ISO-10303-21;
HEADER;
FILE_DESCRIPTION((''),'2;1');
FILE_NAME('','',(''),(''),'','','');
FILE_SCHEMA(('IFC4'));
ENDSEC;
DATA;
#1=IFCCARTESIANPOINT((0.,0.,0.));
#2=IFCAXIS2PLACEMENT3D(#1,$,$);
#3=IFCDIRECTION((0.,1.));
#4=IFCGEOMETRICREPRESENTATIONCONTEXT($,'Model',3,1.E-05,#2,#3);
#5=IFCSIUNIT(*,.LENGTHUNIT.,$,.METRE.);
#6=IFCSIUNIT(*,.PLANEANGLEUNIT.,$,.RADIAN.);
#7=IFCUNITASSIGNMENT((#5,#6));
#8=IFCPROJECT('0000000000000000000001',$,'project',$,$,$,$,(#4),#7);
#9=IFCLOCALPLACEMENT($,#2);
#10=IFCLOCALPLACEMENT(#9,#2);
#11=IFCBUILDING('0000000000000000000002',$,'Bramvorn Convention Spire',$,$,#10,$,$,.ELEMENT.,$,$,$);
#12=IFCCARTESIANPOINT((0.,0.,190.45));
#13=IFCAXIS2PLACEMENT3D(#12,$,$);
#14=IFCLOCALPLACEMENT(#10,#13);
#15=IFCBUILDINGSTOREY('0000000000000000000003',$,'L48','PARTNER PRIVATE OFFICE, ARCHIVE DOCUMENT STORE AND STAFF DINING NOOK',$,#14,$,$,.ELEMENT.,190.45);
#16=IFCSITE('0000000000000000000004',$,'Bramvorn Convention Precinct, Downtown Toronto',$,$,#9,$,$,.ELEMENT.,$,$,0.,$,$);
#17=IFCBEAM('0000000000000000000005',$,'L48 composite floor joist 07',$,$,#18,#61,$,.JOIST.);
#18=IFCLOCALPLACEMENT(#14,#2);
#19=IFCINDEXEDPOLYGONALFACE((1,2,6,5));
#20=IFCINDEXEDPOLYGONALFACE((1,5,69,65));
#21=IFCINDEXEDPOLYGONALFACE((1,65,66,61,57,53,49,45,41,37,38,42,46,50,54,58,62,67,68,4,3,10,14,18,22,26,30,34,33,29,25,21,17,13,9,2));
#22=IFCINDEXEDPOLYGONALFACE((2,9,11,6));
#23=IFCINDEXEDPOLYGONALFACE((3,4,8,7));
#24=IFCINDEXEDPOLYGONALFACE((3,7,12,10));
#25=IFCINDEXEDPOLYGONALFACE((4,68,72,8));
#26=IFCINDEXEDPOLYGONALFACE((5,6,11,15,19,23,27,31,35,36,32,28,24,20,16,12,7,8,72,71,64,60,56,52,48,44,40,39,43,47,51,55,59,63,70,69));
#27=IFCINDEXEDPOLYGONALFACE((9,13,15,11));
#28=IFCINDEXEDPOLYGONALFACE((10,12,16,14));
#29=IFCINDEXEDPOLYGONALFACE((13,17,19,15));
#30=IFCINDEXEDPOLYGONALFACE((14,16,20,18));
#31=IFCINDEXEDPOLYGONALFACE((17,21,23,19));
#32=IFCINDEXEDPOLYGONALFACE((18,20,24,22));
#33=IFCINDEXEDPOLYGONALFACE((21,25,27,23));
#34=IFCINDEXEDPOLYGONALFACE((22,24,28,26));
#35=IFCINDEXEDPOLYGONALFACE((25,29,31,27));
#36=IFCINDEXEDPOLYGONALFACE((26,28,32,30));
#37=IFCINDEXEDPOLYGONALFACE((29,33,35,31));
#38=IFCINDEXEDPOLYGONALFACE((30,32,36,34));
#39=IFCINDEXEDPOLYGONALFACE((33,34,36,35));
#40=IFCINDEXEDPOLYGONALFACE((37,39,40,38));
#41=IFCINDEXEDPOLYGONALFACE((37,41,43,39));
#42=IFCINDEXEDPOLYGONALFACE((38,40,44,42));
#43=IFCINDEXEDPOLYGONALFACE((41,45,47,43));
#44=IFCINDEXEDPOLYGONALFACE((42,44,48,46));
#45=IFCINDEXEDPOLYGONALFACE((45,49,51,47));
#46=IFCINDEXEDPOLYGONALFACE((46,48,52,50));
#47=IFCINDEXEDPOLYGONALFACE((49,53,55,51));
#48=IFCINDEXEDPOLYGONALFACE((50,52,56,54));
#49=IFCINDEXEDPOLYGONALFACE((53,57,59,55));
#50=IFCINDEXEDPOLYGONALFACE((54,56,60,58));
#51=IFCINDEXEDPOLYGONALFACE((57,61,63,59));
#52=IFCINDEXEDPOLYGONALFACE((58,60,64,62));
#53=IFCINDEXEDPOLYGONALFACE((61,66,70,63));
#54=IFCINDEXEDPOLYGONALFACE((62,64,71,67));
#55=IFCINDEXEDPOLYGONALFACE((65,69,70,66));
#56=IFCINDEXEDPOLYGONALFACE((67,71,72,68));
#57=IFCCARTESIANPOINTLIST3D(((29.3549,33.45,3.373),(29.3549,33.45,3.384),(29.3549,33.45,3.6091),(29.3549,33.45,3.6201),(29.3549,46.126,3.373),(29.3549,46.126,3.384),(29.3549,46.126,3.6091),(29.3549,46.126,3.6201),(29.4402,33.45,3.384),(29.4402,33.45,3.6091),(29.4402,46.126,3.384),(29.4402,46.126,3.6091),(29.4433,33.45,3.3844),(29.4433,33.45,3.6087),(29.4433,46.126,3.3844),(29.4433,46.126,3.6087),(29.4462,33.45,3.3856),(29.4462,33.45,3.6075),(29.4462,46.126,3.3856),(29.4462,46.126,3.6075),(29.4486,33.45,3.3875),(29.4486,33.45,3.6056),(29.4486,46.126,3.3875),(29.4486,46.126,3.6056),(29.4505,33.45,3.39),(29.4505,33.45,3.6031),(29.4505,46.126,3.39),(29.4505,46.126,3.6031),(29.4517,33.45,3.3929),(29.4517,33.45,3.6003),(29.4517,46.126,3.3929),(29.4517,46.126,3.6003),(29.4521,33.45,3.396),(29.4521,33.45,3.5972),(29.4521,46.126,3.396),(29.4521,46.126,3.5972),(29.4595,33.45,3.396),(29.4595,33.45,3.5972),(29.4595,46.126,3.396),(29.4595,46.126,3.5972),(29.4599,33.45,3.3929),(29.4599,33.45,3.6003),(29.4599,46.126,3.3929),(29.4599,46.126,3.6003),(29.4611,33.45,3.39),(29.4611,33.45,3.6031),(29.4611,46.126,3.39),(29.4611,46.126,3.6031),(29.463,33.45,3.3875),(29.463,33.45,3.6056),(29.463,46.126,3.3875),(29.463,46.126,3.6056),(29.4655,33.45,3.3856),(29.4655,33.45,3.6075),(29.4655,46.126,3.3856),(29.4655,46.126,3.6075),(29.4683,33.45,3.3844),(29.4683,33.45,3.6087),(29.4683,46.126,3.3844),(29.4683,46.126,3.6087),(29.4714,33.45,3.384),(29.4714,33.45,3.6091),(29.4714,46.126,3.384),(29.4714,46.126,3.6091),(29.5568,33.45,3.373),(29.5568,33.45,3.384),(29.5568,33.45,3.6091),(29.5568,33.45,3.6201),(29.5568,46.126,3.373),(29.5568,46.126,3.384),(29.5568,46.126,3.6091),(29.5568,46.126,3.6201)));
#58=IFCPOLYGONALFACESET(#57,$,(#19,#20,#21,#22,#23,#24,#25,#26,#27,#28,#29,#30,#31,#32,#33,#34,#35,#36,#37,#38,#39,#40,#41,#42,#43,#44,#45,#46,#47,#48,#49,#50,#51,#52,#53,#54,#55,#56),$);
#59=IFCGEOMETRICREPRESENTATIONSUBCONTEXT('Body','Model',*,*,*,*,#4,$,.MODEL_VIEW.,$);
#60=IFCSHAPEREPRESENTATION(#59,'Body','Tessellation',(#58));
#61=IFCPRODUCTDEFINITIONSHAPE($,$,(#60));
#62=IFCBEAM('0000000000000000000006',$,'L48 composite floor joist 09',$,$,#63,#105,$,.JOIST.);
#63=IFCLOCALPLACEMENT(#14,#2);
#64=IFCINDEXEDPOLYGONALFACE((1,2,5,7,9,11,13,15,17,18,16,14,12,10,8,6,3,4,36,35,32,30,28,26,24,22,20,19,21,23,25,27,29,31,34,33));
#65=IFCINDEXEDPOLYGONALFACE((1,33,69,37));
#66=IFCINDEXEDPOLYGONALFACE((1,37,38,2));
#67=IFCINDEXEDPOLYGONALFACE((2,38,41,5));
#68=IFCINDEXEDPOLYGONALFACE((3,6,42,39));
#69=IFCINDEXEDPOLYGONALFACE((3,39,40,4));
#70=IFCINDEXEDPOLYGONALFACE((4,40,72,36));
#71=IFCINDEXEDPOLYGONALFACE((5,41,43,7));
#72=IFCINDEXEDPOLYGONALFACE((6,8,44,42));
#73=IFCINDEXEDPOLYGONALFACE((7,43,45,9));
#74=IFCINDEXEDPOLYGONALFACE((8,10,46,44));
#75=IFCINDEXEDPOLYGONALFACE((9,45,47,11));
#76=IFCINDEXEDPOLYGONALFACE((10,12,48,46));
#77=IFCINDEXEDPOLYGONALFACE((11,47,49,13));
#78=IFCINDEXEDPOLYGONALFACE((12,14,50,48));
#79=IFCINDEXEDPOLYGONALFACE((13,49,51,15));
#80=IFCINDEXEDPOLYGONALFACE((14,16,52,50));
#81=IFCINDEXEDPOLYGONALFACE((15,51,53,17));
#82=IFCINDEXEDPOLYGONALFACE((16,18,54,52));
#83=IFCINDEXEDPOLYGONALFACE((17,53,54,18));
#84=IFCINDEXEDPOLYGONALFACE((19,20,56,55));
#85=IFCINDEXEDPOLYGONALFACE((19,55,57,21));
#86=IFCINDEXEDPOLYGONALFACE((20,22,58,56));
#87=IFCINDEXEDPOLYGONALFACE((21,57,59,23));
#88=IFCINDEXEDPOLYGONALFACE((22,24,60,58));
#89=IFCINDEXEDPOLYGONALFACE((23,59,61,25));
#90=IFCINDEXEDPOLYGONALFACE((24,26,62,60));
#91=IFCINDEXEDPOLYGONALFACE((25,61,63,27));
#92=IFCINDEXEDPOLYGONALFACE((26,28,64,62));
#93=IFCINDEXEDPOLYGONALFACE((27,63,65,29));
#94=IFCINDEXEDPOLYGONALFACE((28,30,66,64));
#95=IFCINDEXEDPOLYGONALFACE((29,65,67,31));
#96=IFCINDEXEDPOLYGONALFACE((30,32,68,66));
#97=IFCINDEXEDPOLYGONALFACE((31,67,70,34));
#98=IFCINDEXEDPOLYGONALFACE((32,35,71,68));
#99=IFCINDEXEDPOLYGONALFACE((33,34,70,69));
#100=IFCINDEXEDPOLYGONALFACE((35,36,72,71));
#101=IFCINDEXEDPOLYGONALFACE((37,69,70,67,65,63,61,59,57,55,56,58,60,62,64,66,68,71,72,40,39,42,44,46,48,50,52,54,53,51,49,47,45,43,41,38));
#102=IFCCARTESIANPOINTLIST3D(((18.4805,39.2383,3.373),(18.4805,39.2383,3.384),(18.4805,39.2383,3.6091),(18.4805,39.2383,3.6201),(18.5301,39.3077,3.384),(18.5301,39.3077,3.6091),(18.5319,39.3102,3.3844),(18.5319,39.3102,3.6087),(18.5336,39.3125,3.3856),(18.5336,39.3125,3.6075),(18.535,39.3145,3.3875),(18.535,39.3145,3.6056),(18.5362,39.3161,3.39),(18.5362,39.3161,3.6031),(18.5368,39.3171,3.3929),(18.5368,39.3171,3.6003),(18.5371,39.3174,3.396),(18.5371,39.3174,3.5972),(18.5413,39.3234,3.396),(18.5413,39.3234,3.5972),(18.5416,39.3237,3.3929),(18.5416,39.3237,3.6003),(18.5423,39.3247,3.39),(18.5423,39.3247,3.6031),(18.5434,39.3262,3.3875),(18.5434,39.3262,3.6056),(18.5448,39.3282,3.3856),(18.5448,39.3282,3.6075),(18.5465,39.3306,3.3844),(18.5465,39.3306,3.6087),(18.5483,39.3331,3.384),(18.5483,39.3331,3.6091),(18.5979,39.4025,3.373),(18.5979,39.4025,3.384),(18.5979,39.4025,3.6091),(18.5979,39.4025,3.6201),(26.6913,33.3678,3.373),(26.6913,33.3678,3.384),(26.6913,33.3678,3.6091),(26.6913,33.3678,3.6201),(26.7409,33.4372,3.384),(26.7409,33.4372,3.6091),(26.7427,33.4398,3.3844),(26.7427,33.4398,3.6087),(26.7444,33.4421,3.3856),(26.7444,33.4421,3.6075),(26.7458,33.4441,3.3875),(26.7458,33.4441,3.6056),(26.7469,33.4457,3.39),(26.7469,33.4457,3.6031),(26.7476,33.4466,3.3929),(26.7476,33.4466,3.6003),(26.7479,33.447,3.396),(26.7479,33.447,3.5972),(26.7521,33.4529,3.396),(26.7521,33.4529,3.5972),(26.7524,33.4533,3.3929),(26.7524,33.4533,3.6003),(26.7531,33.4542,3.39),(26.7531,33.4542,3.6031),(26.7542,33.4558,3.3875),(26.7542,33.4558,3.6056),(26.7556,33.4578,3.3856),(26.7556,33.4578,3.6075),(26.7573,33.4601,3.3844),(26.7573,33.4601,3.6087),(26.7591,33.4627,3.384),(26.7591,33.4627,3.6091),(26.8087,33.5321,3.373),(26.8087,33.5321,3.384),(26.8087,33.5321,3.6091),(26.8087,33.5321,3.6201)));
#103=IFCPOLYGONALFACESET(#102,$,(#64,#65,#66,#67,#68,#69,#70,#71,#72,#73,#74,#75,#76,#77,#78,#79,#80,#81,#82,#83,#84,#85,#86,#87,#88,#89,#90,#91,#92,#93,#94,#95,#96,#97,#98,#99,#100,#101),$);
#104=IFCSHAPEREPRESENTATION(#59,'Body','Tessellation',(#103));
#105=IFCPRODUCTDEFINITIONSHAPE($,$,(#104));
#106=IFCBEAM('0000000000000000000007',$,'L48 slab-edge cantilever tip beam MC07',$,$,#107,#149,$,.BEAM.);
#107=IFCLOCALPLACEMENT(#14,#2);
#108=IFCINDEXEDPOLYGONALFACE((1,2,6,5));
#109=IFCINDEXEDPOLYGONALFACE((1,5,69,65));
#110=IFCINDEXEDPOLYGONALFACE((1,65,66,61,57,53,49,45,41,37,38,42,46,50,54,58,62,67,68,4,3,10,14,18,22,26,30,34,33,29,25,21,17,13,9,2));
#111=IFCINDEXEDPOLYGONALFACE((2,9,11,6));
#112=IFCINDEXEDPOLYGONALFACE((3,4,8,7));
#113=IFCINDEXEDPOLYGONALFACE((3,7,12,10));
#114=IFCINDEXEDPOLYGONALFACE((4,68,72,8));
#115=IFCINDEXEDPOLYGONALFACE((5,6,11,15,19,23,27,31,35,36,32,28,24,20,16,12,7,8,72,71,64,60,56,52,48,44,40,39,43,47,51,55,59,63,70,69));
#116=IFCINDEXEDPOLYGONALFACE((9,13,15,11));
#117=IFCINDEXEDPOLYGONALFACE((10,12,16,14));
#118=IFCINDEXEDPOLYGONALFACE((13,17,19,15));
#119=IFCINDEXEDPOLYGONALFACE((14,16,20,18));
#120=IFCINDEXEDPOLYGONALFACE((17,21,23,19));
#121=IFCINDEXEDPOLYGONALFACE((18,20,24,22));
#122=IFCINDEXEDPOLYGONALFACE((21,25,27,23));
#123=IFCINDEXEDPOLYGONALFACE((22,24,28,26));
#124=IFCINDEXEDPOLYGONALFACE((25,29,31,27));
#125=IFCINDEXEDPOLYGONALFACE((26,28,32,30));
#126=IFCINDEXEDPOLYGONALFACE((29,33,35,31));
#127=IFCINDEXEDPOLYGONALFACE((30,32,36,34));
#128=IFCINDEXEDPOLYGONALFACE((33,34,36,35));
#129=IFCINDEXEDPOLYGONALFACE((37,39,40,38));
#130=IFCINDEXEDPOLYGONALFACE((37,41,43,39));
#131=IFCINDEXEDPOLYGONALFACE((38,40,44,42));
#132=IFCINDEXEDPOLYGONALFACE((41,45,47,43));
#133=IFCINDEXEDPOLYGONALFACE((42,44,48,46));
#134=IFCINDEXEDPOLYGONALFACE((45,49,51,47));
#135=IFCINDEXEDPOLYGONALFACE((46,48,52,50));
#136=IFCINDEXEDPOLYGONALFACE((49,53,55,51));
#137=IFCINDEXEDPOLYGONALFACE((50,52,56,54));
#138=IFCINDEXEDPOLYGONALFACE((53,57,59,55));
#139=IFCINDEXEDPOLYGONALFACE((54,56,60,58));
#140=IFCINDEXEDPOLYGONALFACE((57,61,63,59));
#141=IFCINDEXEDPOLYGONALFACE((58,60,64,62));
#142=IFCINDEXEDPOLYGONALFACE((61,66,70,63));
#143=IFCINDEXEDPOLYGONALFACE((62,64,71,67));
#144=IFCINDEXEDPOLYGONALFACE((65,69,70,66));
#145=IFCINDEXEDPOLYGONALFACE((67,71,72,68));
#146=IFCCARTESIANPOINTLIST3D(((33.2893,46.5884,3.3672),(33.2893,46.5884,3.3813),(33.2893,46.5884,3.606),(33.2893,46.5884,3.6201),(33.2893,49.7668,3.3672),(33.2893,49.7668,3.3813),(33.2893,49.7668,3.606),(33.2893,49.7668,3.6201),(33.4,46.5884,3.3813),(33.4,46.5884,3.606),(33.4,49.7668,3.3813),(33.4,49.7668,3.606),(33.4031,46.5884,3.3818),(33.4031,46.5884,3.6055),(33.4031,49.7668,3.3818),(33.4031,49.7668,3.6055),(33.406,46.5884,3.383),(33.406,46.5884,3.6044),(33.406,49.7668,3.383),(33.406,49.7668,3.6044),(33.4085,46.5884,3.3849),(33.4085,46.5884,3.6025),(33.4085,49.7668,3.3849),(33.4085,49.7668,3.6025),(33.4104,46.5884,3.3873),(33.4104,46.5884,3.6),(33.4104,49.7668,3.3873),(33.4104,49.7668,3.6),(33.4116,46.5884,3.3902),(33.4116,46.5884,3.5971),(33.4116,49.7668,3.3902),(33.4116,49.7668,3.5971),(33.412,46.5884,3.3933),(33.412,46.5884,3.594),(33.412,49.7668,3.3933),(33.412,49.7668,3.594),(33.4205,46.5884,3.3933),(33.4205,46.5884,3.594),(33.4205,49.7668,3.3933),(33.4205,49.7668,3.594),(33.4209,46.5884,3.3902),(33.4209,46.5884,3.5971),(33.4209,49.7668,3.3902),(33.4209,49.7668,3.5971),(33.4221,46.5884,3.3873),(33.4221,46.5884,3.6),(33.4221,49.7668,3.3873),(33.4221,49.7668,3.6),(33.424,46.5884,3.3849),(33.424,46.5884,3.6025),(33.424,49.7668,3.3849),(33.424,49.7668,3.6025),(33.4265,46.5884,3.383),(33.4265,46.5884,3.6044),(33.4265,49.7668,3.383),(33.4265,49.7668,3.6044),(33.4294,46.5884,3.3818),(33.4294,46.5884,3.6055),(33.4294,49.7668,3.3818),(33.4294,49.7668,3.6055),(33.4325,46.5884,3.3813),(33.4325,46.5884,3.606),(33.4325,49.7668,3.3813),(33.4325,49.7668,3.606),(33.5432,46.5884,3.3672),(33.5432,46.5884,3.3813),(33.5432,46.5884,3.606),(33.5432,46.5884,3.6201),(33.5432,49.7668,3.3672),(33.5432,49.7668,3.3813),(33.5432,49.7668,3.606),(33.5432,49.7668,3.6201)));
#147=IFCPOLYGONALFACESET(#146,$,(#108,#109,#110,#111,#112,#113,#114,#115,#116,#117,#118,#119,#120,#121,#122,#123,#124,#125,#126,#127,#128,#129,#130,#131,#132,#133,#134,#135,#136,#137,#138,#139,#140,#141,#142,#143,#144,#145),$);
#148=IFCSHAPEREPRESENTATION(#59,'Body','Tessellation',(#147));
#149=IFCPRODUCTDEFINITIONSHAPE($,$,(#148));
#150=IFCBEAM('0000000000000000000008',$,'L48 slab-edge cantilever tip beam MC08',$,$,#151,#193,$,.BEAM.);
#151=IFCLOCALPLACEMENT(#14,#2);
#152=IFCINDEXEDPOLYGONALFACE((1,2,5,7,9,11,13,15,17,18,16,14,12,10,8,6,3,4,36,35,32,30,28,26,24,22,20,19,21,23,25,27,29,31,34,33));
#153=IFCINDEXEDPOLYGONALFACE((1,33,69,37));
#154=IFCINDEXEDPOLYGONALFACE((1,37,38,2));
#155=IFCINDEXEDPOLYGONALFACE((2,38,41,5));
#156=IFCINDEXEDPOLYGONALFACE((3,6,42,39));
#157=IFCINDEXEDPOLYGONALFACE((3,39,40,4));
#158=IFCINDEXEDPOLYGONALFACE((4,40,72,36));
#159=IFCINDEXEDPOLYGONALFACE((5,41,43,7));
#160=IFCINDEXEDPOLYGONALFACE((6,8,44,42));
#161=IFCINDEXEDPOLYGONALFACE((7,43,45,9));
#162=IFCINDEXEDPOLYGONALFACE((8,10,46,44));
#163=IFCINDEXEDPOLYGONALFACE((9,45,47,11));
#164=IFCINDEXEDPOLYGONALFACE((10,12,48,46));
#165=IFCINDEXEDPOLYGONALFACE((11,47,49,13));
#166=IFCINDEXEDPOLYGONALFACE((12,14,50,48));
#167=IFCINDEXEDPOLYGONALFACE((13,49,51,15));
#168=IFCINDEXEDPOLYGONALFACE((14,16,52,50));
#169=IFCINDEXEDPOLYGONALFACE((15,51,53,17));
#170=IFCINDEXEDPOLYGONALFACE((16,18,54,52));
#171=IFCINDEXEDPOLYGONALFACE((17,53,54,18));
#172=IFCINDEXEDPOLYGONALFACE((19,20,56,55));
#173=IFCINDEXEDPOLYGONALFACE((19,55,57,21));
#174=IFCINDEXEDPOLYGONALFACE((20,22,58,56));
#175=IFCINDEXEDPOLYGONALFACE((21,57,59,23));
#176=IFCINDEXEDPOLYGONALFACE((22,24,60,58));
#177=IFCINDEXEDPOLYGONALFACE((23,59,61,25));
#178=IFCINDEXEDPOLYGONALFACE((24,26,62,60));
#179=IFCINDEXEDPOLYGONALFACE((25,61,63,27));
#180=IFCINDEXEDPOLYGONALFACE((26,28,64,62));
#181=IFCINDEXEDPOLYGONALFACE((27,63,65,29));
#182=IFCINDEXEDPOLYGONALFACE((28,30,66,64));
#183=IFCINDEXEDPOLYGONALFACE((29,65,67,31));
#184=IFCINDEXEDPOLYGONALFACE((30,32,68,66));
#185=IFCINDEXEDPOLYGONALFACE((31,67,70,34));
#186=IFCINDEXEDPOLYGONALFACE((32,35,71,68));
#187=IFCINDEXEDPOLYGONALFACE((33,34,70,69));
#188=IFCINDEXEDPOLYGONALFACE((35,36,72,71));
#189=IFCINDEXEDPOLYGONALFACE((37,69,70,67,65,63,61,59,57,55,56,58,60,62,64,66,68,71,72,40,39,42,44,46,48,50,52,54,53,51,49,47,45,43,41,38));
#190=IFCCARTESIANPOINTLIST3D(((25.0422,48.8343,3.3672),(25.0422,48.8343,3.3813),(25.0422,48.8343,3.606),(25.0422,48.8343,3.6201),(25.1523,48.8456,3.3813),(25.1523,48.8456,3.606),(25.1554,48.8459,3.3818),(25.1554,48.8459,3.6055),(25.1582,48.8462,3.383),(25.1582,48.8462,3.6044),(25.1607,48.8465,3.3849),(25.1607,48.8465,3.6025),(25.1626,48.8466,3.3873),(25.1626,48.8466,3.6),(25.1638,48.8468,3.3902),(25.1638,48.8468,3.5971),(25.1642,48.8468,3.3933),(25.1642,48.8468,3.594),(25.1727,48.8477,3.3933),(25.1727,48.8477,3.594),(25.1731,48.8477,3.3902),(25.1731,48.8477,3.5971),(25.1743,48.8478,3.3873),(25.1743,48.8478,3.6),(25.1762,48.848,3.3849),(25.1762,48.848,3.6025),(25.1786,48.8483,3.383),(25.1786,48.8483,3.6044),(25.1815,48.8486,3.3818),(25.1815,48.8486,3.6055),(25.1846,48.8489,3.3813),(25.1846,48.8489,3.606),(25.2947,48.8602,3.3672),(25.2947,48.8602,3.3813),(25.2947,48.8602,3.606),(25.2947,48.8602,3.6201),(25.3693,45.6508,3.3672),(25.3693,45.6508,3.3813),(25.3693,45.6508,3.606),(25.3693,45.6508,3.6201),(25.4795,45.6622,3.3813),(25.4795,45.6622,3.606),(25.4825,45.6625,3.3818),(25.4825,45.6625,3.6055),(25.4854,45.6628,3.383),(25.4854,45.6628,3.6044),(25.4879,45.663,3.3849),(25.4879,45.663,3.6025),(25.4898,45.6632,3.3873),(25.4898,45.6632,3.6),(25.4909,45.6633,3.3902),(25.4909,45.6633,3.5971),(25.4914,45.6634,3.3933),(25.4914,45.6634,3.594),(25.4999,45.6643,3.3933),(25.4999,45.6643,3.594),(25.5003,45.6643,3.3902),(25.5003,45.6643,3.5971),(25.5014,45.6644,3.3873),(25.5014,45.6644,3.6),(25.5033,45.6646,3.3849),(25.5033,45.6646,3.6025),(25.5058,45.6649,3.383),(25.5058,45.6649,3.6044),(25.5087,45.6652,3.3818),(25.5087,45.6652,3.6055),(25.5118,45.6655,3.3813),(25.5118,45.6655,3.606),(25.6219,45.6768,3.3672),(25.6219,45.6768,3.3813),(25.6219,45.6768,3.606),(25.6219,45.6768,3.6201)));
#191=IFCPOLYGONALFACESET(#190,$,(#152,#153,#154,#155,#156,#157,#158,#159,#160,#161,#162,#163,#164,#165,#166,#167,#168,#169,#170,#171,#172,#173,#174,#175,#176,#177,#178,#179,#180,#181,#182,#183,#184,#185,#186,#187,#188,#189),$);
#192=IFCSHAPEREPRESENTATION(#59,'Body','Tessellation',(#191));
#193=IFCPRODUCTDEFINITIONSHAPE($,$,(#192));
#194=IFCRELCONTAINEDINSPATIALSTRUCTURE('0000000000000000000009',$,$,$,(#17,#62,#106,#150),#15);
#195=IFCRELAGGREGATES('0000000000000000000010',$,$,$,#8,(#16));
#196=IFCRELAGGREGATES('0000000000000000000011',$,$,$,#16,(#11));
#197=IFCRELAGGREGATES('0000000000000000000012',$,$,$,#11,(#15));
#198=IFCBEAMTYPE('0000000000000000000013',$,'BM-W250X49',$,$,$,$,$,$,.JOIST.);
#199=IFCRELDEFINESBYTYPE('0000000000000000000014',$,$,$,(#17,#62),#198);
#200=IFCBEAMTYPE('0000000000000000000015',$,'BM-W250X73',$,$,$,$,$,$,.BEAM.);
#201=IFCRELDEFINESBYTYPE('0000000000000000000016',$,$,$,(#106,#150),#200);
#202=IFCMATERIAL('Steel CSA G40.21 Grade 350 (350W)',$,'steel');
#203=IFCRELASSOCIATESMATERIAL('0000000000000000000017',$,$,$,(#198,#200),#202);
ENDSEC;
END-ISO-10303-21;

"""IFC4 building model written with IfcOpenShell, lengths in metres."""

from ifc_helpers import new_model, si_unit, direction, frame, origin, origin_2d, place, context, subcontext, project, spatial, i_section, extrude, material, material_profile, profile_set, type_object, element, save


model = new_model("IFC4")

# Units and contexts
model_context = context("Model", 3, precision=1e-05, world=origin(), true_north=direction((0.0, 1.0)))
body_context = subcontext(model_context, "Body", "Model", "MODEL_VIEW")
ifc_project = project(units=[si_unit("LENGTHUNIT", "METRE"), si_unit("PLANEANGLEUNIT", "RADIAN")], contexts=[model_context])

# Site, building, storey
site_placement = place(None, origin())
site = spatial("IfcSite", under=ifc_project, at=site_placement, Name="Bramvorn Convention Precinct, Downtown Toronto", CompositionType="ELEMENT", RefElevation=0.0)
building_placement = place(site_placement, origin())
building = spatial("IfcBuilding", under=site, at=building_placement, Name="Bramvorn Convention Spire", CompositionType="ELEMENT")
storey_placement = place(building_placement, frame((0.0, 0.0, 190.45)))
storey = spatial("IfcBuildingStorey", under=building, at=storey_placement, Name="L48", Description="PARTNER PRIVATE OFFICE, ARCHIVE DOCUMENT STORE AND STAFF DINING NOOK", CompositionType="ELEMENT", Elevation=190.45)

# Shared definitions
ifc_material_1 = material(Name="Steel CSA G40.21 Grade 350 (350W)", Category="steel")

# Beams
ifc_material_profile_1 = material_profile(ifc_material_1, i_section(OverallWidth=0.2019, OverallDepth=0.2471, WebThickness=0.0073, FlangeThickness=0.011, FilletRadius=0.012, at=origin_2d()))
ifc_profile_set_1 = profile_set([ifc_material_profile_1], Name="Steel CSA G40.21 Grade 350 (350W) - W250X49")
beam_type_1 = type_object("IfcBeamType", Name="BM-W250X49", PredefinedType="JOIST", material=ifc_profile_set_1)
beam_1_placement = place(storey_placement, frame((29.4558, 33.45, 3.4966), z_axis=(0.0, 1.0, 0.0), x_axis=(-1.0, 0.0, 0.0)))
element("IfcBeam", 1, at=beam_1_placement, inside=storey, type_object=beam_type_1, Name="L48 composite floor joist 07", PredefinedType="JOIST", context=body_context, shape_type="SweptSolid", body=[
    extrude(i_section(OverallWidth=0.2019, OverallDepth=0.2471, WebThickness=0.0073, FlangeThickness=0.011, FilletRadius=0.012, at=origin_2d()), origin(), (0.0, 0.0, 1.0), 12.676),
])
beam_2_placement = place(storey_placement, frame((26.75, 33.45, 3.4966), z_axis=(-0.813472, 0.581604, 0.0), x_axis=(-0.581604, -0.813472, 0.0)))
element("IfcBeam", 2, at=beam_2_placement, inside=storey, type_object=beam_type_1, Name="L48 composite floor joist 09", PredefinedType="JOIST", context=body_context, shape_type="SweptSolid", body=[
    extrude(i_section(OverallWidth=0.2019, OverallDepth=0.2471, WebThickness=0.0073, FlangeThickness=0.011, FilletRadius=0.012, at=origin_2d()), origin(), (0.0, 0.0, 1.0), 10.0935),
])
ifc_material_profile_2 = material_profile(ifc_material_1, i_section(OverallWidth=0.2539, OverallDepth=0.2529, WebThickness=0.0085, FlangeThickness=0.0142, FilletRadius=0.012, at=origin_2d()))
ifc_profile_set_2 = profile_set([ifc_material_profile_2], Name="Steel CSA G40.21 Grade 350 (350W) - W250X73")
beam_type_2 = type_object("IfcBeamType", Name="BM-W250X73", PredefinedType="BEAM", material=ifc_profile_set_2)
beam_3_placement = place(storey_placement, frame((33.4163, 46.5884, 3.4937), z_axis=(0.0, 1.0, 0.0), x_axis=(-1.0, 0.0, 0.0)))
element("IfcBeam", 3, at=beam_3_placement, inside=storey, type_object=beam_type_2, Name="L48 slab-edge cantilever tip beam MC07", PredefinedType="BEAM", context=body_context, shape_type="SweptSolid", body=[
    extrude(i_section(OverallWidth=0.2539, OverallDepth=0.2529, WebThickness=0.0085, FlangeThickness=0.0142, FilletRadius=0.012, at=origin_2d()), origin(), (0.0, 0.0, 1.0), 3.1785),
])
beam_4_placement = place(storey_placement, frame((25.4956, 45.6638, 3.4937), z_axis=(-0.10223, 0.994761, 0.0), x_axis=(-0.994761, -0.10223, 0.0)))
element("IfcBeam", 4, at=beam_4_placement, inside=storey, type_object=beam_type_2, Name="L48 slab-edge cantilever tip beam MC08", PredefinedType="BEAM", context=body_context, shape_type="SweptSolid", body=[
    extrude(i_section(OverallWidth=0.2539, OverallDepth=0.2529, WebThickness=0.0085, FlangeThickness=0.0142, FilletRadius=0.012, at=origin_2d()), origin(), (0.0, 0.0, 1.0), 3.2002),
])

save(model, "model.ifc")
